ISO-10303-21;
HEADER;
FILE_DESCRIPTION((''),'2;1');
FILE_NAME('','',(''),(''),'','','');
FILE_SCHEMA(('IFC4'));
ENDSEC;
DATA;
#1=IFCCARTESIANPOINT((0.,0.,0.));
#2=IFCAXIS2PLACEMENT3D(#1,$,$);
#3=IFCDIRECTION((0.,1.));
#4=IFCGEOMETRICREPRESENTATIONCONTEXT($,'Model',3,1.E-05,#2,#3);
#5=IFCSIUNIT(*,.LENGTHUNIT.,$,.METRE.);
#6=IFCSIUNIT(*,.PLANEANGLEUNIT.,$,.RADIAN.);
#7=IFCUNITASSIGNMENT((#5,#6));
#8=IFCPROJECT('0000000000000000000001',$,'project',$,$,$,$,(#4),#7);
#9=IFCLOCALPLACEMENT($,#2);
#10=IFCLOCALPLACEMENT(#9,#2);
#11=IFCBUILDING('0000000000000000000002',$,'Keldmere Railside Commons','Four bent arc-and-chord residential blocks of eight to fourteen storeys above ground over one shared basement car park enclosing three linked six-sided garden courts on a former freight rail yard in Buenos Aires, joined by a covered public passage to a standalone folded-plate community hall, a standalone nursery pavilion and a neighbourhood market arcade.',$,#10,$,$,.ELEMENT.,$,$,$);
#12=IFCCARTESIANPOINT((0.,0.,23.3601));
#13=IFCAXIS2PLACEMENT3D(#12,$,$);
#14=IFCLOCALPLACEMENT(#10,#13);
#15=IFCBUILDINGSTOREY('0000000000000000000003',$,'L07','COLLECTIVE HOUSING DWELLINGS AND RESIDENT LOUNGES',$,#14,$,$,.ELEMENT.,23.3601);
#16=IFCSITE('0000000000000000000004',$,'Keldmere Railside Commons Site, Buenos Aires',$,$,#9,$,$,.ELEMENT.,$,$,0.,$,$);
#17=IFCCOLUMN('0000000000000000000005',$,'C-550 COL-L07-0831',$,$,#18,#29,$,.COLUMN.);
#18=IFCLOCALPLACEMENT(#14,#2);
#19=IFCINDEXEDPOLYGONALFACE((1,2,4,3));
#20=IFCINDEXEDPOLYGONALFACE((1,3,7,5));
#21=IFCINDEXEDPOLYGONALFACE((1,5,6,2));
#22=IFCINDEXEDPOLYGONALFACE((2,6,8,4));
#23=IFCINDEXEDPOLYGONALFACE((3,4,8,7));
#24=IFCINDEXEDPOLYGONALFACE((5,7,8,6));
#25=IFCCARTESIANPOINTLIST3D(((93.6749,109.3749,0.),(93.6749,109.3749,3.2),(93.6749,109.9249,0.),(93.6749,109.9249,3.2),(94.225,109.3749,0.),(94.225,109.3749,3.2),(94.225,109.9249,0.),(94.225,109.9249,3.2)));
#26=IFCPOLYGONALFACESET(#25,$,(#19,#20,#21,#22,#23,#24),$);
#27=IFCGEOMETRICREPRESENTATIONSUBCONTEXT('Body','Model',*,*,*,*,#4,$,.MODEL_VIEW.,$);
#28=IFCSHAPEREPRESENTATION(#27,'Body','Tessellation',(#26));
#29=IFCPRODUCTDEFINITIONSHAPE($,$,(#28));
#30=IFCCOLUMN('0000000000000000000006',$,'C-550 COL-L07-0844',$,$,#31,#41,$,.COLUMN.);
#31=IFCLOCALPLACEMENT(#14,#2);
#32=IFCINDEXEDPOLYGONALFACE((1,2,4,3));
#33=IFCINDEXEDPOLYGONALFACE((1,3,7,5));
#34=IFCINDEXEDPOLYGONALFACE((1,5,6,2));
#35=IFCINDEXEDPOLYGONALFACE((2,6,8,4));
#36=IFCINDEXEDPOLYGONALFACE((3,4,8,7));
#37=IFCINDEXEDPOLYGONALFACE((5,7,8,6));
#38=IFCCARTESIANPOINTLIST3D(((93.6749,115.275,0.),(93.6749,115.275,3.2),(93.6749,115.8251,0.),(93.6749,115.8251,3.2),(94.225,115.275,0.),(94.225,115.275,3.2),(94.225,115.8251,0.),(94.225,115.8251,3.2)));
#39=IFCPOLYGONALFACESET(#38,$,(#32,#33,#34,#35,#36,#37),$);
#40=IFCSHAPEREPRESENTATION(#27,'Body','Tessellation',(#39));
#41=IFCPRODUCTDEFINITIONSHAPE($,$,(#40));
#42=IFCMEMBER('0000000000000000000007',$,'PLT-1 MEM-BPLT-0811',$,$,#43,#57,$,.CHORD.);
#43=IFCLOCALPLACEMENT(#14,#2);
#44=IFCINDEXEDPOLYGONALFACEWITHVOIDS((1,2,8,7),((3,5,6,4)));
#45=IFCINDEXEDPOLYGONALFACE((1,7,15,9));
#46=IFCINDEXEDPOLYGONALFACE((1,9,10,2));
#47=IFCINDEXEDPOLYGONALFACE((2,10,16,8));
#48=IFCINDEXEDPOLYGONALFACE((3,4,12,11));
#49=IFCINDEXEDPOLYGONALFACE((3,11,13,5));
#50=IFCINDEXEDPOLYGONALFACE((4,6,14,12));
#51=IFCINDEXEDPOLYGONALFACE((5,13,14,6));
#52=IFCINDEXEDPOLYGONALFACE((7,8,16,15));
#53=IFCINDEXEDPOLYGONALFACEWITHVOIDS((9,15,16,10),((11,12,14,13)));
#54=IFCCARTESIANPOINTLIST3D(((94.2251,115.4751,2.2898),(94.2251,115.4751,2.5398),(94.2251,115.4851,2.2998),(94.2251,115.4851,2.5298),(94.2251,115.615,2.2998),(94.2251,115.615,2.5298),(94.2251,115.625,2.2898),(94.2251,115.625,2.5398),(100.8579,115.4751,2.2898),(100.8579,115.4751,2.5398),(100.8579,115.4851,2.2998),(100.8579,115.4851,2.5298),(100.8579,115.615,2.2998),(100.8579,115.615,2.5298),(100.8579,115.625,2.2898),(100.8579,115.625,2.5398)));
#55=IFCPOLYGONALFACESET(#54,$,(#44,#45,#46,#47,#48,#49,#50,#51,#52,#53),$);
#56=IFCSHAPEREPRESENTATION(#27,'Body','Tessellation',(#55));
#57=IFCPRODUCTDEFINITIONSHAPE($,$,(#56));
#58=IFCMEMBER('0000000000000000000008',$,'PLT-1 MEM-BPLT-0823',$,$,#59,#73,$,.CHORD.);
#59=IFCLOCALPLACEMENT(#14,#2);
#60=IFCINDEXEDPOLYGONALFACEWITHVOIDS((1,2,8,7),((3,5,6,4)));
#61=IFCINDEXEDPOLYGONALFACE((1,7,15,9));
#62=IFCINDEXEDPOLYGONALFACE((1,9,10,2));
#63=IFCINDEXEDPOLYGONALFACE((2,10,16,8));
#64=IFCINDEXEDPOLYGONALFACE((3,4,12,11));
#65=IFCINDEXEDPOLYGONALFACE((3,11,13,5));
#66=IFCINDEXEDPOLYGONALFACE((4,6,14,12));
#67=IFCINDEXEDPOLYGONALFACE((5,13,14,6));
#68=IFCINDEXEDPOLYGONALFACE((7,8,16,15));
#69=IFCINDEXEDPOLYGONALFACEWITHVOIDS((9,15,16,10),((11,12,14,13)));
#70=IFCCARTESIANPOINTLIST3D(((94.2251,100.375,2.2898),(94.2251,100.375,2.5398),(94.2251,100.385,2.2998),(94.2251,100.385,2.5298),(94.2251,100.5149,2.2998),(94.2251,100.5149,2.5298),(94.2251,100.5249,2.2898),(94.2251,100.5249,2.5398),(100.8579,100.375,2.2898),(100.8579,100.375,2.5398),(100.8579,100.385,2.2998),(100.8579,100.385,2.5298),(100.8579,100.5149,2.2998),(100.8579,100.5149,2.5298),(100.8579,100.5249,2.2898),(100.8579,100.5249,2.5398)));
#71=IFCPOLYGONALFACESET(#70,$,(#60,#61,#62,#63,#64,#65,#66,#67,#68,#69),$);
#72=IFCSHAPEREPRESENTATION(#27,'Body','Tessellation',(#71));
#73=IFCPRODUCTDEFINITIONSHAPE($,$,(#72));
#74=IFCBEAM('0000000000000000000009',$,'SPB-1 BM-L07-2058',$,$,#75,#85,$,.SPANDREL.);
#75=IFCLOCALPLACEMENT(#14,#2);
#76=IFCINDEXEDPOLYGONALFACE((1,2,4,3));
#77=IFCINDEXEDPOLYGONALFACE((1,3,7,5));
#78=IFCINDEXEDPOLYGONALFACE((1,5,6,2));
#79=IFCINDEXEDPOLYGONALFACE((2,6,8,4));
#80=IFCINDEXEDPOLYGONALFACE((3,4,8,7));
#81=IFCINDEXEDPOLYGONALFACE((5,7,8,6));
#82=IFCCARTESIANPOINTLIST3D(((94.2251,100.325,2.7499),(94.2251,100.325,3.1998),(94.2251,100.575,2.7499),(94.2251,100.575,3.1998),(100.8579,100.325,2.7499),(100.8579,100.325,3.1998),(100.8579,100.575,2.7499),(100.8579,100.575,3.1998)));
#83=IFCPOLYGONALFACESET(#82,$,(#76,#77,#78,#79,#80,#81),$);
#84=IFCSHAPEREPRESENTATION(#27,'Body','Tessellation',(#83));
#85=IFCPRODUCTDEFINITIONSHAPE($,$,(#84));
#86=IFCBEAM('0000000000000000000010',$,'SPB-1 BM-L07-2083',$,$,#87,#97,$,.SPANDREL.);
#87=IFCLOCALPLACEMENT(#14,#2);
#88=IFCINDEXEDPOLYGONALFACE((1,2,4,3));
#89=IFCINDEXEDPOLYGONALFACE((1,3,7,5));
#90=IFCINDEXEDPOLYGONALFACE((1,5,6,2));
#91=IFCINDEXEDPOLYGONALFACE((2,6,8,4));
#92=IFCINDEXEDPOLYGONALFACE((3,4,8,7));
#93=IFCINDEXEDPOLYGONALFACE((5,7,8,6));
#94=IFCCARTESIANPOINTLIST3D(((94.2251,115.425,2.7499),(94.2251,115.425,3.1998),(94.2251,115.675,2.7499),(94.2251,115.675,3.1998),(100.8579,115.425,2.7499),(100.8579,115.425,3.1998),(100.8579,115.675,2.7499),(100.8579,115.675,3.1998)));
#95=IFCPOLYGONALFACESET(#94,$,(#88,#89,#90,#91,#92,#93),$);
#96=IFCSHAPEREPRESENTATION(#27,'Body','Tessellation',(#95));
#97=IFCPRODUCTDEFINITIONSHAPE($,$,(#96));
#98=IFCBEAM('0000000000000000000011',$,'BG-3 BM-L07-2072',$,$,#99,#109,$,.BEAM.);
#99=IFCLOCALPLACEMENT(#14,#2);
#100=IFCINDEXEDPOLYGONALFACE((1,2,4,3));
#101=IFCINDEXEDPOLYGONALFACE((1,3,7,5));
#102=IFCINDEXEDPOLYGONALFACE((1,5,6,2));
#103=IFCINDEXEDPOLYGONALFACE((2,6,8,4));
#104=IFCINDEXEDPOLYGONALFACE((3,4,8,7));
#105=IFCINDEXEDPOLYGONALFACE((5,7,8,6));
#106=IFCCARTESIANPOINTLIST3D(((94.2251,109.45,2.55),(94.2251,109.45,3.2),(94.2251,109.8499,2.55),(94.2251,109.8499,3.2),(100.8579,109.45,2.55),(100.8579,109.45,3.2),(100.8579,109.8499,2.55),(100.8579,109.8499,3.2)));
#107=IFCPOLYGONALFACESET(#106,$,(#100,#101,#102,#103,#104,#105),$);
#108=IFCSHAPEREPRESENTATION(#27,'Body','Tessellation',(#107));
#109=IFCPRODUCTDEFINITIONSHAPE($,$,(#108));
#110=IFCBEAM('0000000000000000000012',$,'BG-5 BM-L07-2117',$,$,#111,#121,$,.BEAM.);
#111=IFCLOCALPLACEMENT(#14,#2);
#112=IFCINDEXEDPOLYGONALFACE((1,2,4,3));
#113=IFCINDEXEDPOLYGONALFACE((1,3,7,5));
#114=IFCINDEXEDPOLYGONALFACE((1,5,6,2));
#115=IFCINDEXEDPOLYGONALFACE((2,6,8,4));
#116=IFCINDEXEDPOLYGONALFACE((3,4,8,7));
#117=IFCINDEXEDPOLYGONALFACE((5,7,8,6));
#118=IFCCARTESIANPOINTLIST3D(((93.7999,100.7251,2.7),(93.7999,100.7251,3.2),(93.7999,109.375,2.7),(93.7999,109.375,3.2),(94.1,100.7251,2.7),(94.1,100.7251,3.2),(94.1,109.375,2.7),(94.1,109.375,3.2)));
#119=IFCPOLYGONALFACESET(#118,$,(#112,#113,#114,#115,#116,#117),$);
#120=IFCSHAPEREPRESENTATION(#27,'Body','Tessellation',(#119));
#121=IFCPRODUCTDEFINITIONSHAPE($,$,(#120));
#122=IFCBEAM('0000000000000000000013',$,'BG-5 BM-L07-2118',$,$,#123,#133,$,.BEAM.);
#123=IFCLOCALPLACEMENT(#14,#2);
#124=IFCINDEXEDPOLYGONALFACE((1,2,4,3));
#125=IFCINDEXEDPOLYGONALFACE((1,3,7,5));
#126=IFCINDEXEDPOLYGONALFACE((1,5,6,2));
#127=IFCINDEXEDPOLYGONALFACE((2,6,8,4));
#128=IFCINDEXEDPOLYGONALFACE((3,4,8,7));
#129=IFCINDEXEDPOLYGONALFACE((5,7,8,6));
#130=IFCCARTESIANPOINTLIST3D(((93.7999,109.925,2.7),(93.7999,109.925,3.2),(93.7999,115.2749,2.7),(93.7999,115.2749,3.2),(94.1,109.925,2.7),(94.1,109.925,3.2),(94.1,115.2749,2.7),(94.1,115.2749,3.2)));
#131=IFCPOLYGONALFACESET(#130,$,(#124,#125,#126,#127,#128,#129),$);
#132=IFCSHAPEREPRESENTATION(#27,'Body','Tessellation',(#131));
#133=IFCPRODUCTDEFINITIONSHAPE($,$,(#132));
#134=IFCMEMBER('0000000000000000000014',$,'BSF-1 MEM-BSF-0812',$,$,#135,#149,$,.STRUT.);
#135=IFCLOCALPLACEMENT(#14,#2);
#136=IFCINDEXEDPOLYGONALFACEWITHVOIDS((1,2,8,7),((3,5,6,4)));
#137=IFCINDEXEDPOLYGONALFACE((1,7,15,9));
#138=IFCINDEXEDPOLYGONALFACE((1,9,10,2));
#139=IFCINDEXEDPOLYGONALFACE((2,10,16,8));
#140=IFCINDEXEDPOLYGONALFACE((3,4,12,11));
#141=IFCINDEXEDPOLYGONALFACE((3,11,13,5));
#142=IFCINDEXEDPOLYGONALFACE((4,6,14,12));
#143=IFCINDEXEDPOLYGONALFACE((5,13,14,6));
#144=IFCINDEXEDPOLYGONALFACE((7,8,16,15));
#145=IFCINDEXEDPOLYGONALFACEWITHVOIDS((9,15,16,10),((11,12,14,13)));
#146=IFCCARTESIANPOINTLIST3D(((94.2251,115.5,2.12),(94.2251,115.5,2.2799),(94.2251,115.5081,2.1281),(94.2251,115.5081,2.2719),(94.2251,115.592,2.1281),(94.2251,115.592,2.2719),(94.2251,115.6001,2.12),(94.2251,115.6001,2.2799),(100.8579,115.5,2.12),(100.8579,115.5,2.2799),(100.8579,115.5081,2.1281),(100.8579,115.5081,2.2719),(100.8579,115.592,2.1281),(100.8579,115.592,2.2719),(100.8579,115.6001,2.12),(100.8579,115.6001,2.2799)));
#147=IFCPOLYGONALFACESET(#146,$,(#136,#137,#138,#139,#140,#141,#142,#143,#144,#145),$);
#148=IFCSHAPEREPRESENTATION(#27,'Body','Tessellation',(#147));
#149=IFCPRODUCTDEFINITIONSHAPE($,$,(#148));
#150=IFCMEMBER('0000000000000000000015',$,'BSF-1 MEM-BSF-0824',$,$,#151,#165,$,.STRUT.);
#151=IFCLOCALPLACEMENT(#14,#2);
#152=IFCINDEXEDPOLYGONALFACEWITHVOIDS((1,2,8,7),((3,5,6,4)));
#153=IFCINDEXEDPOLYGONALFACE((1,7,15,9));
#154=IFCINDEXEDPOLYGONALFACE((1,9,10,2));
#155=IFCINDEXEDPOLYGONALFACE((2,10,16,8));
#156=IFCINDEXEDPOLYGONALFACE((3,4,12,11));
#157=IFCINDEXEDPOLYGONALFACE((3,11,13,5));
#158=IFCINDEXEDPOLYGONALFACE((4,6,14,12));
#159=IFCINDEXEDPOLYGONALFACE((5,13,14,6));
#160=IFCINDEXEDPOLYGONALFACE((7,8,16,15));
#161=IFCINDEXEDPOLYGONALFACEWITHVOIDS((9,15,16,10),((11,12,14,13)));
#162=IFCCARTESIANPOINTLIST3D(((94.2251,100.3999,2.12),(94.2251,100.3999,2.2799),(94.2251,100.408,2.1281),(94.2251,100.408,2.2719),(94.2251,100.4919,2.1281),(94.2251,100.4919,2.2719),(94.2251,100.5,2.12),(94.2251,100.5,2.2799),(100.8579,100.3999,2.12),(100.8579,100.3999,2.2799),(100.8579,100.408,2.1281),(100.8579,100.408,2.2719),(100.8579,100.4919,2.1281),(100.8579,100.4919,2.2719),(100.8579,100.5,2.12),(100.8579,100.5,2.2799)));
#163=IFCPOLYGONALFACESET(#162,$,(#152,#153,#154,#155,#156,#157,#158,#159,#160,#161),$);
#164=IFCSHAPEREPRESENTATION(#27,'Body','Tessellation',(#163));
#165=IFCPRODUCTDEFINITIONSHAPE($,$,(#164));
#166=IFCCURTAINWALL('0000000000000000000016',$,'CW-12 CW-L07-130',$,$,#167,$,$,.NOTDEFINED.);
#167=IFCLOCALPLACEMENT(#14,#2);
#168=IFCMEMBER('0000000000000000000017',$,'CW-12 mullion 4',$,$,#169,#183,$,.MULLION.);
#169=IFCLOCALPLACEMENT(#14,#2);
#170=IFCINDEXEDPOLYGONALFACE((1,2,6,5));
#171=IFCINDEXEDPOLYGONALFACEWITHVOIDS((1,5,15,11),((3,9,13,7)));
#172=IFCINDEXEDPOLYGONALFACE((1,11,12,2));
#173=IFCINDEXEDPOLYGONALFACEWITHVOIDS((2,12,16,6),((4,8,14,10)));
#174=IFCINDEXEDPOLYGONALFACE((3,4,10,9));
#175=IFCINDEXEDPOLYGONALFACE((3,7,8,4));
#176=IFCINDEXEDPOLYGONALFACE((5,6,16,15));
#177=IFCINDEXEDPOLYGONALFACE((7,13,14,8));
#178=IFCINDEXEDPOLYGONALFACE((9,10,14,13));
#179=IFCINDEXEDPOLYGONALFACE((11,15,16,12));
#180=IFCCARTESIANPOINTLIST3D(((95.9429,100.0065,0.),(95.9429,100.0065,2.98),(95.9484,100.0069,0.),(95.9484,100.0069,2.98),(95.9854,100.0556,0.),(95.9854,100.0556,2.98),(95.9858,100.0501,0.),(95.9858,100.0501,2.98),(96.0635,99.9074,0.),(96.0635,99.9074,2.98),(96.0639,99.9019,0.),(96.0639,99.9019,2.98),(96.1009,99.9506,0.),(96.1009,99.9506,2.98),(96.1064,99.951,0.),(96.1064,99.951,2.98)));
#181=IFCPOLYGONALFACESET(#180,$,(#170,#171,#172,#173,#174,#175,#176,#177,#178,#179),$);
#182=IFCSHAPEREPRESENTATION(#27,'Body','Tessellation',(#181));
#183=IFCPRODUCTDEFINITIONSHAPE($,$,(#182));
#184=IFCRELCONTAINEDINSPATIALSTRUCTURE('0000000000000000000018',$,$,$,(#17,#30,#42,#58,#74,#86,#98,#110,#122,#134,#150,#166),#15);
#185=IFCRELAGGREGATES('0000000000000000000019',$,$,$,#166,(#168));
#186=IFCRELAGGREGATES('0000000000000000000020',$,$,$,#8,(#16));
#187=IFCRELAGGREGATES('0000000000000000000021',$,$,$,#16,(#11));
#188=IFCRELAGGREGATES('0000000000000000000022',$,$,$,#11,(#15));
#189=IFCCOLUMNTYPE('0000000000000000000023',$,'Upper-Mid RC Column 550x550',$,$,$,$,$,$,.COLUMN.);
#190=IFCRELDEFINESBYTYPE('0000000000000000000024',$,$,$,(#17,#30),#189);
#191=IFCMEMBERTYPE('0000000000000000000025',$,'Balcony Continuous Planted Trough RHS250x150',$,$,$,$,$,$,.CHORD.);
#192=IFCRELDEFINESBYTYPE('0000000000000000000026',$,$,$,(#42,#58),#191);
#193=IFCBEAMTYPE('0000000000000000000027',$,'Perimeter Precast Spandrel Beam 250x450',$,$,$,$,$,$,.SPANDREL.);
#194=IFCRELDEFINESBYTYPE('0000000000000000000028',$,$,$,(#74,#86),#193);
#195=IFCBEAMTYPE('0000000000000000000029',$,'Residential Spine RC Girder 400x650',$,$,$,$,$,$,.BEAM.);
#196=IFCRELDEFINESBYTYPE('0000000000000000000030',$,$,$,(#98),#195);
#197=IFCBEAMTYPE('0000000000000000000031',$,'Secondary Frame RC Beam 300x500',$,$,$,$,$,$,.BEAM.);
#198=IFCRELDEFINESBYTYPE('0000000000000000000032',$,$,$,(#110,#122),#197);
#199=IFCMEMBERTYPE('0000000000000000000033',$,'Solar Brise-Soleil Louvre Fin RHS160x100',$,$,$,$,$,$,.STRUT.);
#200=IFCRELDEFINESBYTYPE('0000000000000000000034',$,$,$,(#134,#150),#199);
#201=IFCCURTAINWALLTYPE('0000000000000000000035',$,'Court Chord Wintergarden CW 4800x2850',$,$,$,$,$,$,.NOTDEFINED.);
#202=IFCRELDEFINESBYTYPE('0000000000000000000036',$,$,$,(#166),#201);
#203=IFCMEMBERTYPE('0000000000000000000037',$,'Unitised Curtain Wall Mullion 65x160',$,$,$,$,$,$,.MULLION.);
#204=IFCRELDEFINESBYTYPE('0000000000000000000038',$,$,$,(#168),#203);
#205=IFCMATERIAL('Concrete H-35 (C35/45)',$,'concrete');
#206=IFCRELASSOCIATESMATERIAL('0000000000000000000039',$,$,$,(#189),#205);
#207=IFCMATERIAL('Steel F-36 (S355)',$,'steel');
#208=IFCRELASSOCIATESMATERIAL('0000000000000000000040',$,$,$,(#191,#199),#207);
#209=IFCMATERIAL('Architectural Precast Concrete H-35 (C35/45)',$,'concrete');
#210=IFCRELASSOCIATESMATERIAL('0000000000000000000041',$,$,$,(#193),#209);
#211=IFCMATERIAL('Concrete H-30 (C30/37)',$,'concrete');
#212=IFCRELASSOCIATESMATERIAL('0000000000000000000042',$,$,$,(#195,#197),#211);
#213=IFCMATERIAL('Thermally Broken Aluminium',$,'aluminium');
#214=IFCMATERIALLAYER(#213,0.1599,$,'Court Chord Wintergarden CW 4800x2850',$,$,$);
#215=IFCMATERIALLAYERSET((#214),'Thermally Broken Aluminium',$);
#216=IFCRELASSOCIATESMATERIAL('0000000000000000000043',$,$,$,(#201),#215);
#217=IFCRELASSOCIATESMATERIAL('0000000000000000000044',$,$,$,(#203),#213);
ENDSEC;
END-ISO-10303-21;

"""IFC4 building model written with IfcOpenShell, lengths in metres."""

from ifc_helpers import new_model, si_unit, direction, frame, origin, origin_2d, place, context, subcontext, project, spatial, rectangle, hollow_rectangle, extrude, material, layer, layer_set, material_profile, profile_set, type_object, element, aggregate, save


model = new_model("IFC4")

# Units and contexts
model_context = context("Model", 3, precision=1e-05, world=origin(), true_north=direction((0.0, 1.0)))
body_context = subcontext(model_context, "Body", "Model", "MODEL_VIEW")
ifc_project = project(units=[si_unit("LENGTHUNIT", "METRE"), si_unit("PLANEANGLEUNIT", "RADIAN")], contexts=[model_context])

# Site, building, storey
site_placement = place(None, origin())
site = spatial("IfcSite", under=ifc_project, at=site_placement, Name="Keldmere Railside Commons Site, Buenos Aires", CompositionType="ELEMENT", RefElevation=0.0)
building_placement = place(site_placement, origin())
building = spatial("IfcBuilding", under=site, at=building_placement, Name="Keldmere Railside Commons", Description="Four bent arc-and-chord residential blocks of eight to fourteen storeys above ground over one shared basement car park enclosing three linked six-sided garden courts on a former freight rail yard in Buenos Aires, joined by a covered public passage to a standalone folded-plate community hall, a standalone nursery pavilion and a neighbourhood market arcade.", CompositionType="ELEMENT")
storey_placement = place(building_placement, frame((0.0, 0.0, 23.3601)))
storey = spatial("IfcBuildingStorey", under=building, at=storey_placement, Name="L07", Description="COLLECTIVE HOUSING DWELLINGS AND RESIDENT LOUNGES", CompositionType="ELEMENT", Elevation=23.3601)

# Columns
ifc_material_1 = material(Name="Concrete H-35 (C35/45)", Category="concrete")
ifc_material_profile_1 = material_profile(ifc_material_1, rectangle(XDim=0.55, YDim=0.55, at=origin_2d()), Name="RC-550x550")
ifc_profile_set_1 = profile_set([ifc_material_profile_1], Name="Concrete H-35 (C35/45)")
column_type = type_object("IfcColumnType", Name="Upper-Mid RC Column 550x550", PredefinedType="COLUMN", material=ifc_profile_set_1)
for number, where, z_axis, x_axis, name in (
    (1, (93.95, 109.6499, 0.0), (0.0, 0.0, 1.0), (1.0, 0.0, 0.0), "C-550 COL-L07-0831"),
    (2, (93.95, 115.55, 0.0), (0.0, 0.0, 1.0), (1.0, 0.0, 0.0), "C-550 COL-L07-0844"),
):
    element("IfcColumn", number, at=place(storey_placement, frame(where, z_axis=z_axis, x_axis=x_axis)), inside=storey, type_object=column_type, Name=name, PredefinedType="COLUMN", context=body_context, shape_type="SweptSolid", body=[
        extrude(rectangle(XDim=0.55, YDim=0.55, at=origin_2d()), origin(), (0.0, 0.0, 1.0), 3.2),
    ])

# Members
ifc_material_2 = material(Name="Steel F-36 (S355)", Category="steel")
ifc_material_profile_2 = material_profile(ifc_material_2, hollow_rectangle(XDim=0.1499, YDim=0.25, WallThickness=0.01, at=origin_2d()), Name="RHS-250x150x10")
ifc_profile_set_2 = profile_set([ifc_material_profile_2], Name="Steel F-36 (S355)")
member_type_1 = type_object("IfcMemberType", Name="Balcony Continuous Planted Trough RHS250x150", PredefinedType="CHORD", material=ifc_profile_set_2)
for number, where, z_axis, x_axis, name in (
    (3, (94.2251, 115.55, 2.4148), (1.0, 0.0, 0.0), (0.0, 1.0, 0.0), "PLT-1 MEM-BPLT-0811"),
    (4, (94.2251, 100.45, 2.4148), (1.0, 0.0, 0.0), (0.0, 1.0, 0.0), "PLT-1 MEM-BPLT-0823"),
):
    element("IfcMember", number, at=place(storey_placement, frame(where, z_axis=z_axis, x_axis=x_axis)), inside=storey, type_object=member_type_1, Name=name, PredefinedType="CHORD", context=body_context, shape_type="SweptSolid", body=[
        extrude(hollow_rectangle(XDim=0.1499, YDim=0.25, WallThickness=0.01, at=origin_2d()), origin(), (0.0, 0.0, 1.0), 6.6328),
    ])

# Beams
ifc_material_3 = material(Name="Architectural Precast Concrete H-35 (C35/45)", Category="concrete")
ifc_material_profile_3 = material_profile(ifc_material_3, rectangle(XDim=0.25, YDim=0.45, at=origin_2d()), Name="RC-250x450")
ifc_profile_set_3 = profile_set([ifc_material_profile_3], Name="Architectural Precast Concrete H-35 (C35/45)")
beam_type_1 = type_object("IfcBeamType", Name="Perimeter Precast Spandrel Beam 250x450", PredefinedType="SPANDREL", material=ifc_profile_set_3)
for number, where, z_axis, x_axis, name in (
    (5, (94.2251, 100.45, 2.9749), (1.0, 0.0, 0.0), (0.0, 1.0, 0.0), "SPB-1 BM-L07-2058"),
    (6, (94.2251, 115.55, 2.9749), (1.0, 0.0, 0.0), (0.0, 1.0, 0.0), "SPB-1 BM-L07-2083"),
):
    element("IfcBeam", number, at=place(storey_placement, frame(where, z_axis=z_axis, x_axis=x_axis)), inside=storey, type_object=beam_type_1, Name=name, PredefinedType="SPANDREL", context=body_context, shape_type="SweptSolid", body=[
        extrude(rectangle(XDim=0.25, YDim=0.45, at=origin_2d()), origin(), (0.0, 0.0, 1.0), 6.6328),
    ])
ifc_material_4 = material(Name="Concrete H-30 (C30/37)", Category="concrete")
ifc_material_profile_4 = material_profile(ifc_material_4, rectangle(XDim=0.3999, YDim=0.6499, at=origin_2d()), Name="RC-400x650")
ifc_profile_set_4 = profile_set([ifc_material_profile_4], Name="Concrete H-30 (C30/37)")
beam_type_2 = type_object("IfcBeamType", Name="Residential Spine RC Girder 400x650", PredefinedType="BEAM", material=ifc_profile_set_4)
beam_1_placement = place(storey_placement, frame((94.2251, 109.6499, 2.875), z_axis=(1.0, 0.0, 0.0), x_axis=(0.0, 1.0, 0.0)))
element("IfcBeam", 7, at=beam_1_placement, inside=storey, type_object=beam_type_2, Name="BG-3 BM-L07-2072", PredefinedType="BEAM", context=body_context, shape_type="SweptSolid", body=[
    extrude(rectangle(XDim=0.3999, YDim=0.6499, at=origin_2d()), origin(), (0.0, 0.0, 1.0), 6.6328),
])
ifc_material_profile_5 = material_profile(ifc_material_4, rectangle(XDim=0.3, YDim=0.5, at=origin_2d()), Name="RC-300x500")
ifc_profile_set_5 = profile_set([ifc_material_profile_5], Name="Concrete H-30 (C30/37)")
beam_type_3 = type_object("IfcBeamType", Name="Secondary Frame RC Beam 300x500", PredefinedType="BEAM", material=ifc_profile_set_5)
beam_2_placement = place(storey_placement, frame((93.95, 100.7251, 2.95), z_axis=(0.0, 1.0, 0.0), x_axis=(-1.0, 0.0, 0.0)))
element("IfcBeam", 8, at=beam_2_placement, inside=storey, type_object=beam_type_3, Name="BG-5 BM-L07-2117", PredefinedType="BEAM", context=body_context, shape_type="SweptSolid", body=[
    extrude(rectangle(XDim=0.3, YDim=0.5, at=origin_2d()), origin(), (0.0, 0.0, 1.0), 8.6499),
])
beam_3_placement = place(storey_placement, frame((93.95, 109.925, 2.95), z_axis=(0.0, 1.0, 0.0), x_axis=(-1.0, 0.0, 0.0)))
element("IfcBeam", 9, at=beam_3_placement, inside=storey, type_object=beam_type_3, Name="BG-5 BM-L07-2118", PredefinedType="BEAM", context=body_context, shape_type="SweptSolid", body=[
    extrude(rectangle(XDim=0.3, YDim=0.5, at=origin_2d()), origin(), (0.0, 0.0, 1.0), 5.3499),
])

# Members
ifc_material_profile_6 = material_profile(ifc_material_2, hollow_rectangle(XDim=0.1001, YDim=0.1599, WallThickness=0.0081, at=origin_2d()), Name="RHS-160x100x8")
ifc_profile_set_6 = profile_set([ifc_material_profile_6], Name="Steel F-36 (S355)")
member_type_2 = type_object("IfcMemberType", Name="Solar Brise-Soleil Louvre Fin RHS160x100", PredefinedType="STRUT", material=ifc_profile_set_6)
for number, where, z_axis, x_axis, name in (
    (10, (94.2251, 115.55, 2.2), (1.0, 0.0, 0.0), (0.0, 1.0, 0.0), "BSF-1 MEM-BSF-0812"),
    (11, (94.2251, 100.45, 2.2), (1.0, 0.0, 0.0), (0.0, 1.0, 0.0), "BSF-1 MEM-BSF-0824"),
):
    element("IfcMember", number, at=place(storey_placement, frame(where, z_axis=z_axis, x_axis=x_axis)), inside=storey, type_object=member_type_2, Name=name, PredefinedType="STRUT", context=body_context, shape_type="SweptSolid", body=[
        extrude(hollow_rectangle(XDim=0.1001, YDim=0.1599, WallThickness=0.0081, at=origin_2d()), origin(), (0.0, 0.0, 1.0), 6.6328),
    ])

# Curtain wall, member
ifc_material_5 = material(Name="Thermally Broken Aluminium", Category="aluminium")
ifc_layer_1 = layer(ifc_material_5, 0.1599, Name="Court Chord Wintergarden CW 4800x2850")
ifc_layer_set_1 = layer_set([ifc_layer_1], Name="Thermally Broken Aluminium")
curtain_wall_type = type_object("IfcCurtainWallType", Name="Court Chord Wintergarden CW 4800x2850", PredefinedType="NOTDEFINED", material=ifc_layer_set_1)
curtain_wall_placement = place(storey_placement, origin())
curtain_wall = element("IfcCurtainWall", 12, at=curtain_wall_placement, inside=storey, type_object=curtain_wall_type, Name="CW-12 CW-L07-130", PredefinedType="NOTDEFINED")
ifc_material_profile_7 = material_profile(ifc_material_5, hollow_rectangle(XDim=0.0649, YDim=0.1599, WallThickness=0.0039, at=origin_2d()), Name="ALU-MULL-65x160")
ifc_profile_set_7 = profile_set([ifc_material_profile_7], Name="Thermally Broken Aluminium")
member_type_3 = type_object("IfcMemberType", Name="Unitised Curtain Wall Mullion 65x160", PredefinedType="MULLION", material=ifc_profile_set_7)
member_1_placement = place(storey_placement, frame((96.0247, 99.9788, 0.0), z_axis=(0.0, 0.0, 1.0), x_axis=(-0.653882, -0.756597, 0.0)))
member_1 = element("IfcMember", 13, at=member_1_placement, type_object=member_type_3, Name="CW-12 mullion 4", PredefinedType="MULLION", context=body_context, shape_type="SweptSolid", body=[
    extrude(hollow_rectangle(XDim=0.0649, YDim=0.1599, WallThickness=0.0039, at=origin_2d()), origin(), (0.0, 0.0, 1.0), 2.98),
])
aggregate(curtain_wall, [member_1])

save(model, "model.ifc")
